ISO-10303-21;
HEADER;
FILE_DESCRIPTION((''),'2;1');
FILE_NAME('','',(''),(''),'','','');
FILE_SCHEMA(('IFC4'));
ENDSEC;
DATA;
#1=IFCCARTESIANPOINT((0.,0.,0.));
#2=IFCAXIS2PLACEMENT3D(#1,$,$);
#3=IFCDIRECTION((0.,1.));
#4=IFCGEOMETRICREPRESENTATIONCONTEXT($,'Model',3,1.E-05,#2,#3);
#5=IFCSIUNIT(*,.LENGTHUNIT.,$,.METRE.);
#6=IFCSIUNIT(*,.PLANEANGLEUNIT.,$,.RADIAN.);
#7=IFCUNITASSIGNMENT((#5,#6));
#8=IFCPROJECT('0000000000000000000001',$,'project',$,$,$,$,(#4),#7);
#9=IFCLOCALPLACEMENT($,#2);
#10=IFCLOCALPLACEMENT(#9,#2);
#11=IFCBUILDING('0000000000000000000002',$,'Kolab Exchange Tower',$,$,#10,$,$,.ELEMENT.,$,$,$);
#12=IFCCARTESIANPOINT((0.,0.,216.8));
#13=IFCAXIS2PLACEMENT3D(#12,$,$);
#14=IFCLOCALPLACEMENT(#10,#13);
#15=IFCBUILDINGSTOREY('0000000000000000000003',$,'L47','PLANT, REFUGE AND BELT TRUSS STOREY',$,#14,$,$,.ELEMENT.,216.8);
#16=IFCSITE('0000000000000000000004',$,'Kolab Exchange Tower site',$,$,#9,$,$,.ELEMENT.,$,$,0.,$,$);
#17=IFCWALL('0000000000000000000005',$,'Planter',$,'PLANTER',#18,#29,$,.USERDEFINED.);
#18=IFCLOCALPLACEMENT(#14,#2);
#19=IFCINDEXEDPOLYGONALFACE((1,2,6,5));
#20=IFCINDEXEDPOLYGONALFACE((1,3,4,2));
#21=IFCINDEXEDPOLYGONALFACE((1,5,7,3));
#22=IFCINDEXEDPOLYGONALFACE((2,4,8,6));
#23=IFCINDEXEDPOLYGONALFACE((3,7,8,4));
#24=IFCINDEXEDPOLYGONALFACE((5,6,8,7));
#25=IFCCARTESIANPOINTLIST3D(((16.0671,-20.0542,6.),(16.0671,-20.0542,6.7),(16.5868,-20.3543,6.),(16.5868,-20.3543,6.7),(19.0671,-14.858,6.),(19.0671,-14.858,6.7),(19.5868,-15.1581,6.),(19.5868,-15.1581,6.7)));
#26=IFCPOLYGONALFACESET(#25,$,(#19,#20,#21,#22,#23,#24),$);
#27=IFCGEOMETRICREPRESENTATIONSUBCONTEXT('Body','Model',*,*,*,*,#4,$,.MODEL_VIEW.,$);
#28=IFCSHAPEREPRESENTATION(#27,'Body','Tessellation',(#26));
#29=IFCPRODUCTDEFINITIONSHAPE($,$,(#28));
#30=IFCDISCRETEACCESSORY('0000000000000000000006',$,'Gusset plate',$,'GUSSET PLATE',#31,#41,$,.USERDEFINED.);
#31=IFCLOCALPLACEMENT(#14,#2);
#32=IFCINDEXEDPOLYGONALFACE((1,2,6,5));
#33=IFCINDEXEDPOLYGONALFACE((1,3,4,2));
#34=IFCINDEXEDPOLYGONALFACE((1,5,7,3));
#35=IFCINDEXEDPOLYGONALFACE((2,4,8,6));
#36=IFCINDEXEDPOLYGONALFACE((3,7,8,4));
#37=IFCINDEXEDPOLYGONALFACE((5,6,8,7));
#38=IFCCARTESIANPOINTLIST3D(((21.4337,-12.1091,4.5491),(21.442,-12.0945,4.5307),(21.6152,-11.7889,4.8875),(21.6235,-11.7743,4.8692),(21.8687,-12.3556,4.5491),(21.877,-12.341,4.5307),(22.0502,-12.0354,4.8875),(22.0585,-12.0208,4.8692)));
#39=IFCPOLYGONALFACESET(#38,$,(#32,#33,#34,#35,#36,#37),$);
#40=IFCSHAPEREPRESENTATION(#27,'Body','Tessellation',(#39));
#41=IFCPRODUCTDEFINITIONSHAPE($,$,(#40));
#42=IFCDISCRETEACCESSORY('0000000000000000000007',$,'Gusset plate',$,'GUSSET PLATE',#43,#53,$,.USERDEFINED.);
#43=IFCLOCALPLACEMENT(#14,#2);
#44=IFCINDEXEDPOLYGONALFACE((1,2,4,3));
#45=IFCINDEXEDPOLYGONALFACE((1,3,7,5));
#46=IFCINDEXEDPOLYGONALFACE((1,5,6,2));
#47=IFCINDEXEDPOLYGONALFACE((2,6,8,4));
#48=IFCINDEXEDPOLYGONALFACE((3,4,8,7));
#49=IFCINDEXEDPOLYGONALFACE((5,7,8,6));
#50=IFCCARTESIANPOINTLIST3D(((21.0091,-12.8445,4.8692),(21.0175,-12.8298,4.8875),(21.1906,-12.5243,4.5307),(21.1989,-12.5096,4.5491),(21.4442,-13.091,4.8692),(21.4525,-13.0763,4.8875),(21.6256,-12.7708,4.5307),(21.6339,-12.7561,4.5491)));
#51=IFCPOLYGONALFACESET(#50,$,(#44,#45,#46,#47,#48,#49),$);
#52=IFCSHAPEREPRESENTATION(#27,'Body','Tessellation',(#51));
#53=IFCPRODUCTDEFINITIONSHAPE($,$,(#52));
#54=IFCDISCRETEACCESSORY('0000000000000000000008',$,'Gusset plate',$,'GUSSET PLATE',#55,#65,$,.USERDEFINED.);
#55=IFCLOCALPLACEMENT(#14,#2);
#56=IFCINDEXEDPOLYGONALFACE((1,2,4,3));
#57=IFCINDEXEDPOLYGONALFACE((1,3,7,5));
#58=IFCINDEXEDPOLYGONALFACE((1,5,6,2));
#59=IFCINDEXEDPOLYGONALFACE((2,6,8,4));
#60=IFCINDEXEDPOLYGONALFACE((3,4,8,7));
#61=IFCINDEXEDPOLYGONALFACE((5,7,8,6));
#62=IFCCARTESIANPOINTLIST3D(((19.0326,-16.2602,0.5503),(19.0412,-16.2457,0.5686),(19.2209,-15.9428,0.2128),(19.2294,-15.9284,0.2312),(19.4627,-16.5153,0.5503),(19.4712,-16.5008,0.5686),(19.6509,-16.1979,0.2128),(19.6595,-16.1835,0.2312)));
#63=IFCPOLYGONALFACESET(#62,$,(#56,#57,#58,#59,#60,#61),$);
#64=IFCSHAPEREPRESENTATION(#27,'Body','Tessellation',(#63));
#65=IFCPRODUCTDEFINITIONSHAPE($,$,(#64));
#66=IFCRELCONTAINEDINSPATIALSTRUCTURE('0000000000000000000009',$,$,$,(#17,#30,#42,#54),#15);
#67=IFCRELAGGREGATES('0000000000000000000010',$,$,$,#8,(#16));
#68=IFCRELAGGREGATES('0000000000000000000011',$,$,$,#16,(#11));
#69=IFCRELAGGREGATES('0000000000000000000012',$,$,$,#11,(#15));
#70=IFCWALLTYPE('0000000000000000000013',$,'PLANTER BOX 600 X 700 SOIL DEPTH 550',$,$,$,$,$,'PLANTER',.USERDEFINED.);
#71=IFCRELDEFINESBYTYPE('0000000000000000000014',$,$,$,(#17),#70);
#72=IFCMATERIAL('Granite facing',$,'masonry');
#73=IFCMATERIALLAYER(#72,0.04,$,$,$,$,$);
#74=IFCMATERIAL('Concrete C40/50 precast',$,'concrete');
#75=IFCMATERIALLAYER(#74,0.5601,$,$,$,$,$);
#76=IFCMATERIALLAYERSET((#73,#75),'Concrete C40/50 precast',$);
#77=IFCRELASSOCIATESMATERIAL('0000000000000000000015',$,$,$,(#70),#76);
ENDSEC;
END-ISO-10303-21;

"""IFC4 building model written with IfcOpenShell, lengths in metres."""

from ifc_helpers import new_model, si_unit, direction, frame, frame_2d, origin, origin_2d, place, context, subcontext, project, spatial, rectangle, extrude, material, layer, layer_set, type_object, element, save


model = new_model("IFC4")

# Units and contexts
model_context = context("Model", 3, precision=1e-05, world=origin(), true_north=direction((0.0, 1.0)))
body_context = subcontext(model_context, "Body", "Model", "MODEL_VIEW")
ifc_project = project(units=[si_unit("LENGTHUNIT", "METRE"), si_unit("PLANEANGLEUNIT", "RADIAN")], contexts=[model_context])

# Site, building, storey
site_placement = place(None, origin())
site = spatial("IfcSite", under=ifc_project, at=site_placement, Name="Kolab Exchange Tower site", CompositionType="ELEMENT", RefElevation=0.0)
building_placement = place(site_placement, origin())
building = spatial("IfcBuilding", under=site, at=building_placement, Name="Kolab Exchange Tower", CompositionType="ELEMENT")
storey_placement = place(building_placement, frame((0.0, 0.0, 216.8)))
storey = spatial("IfcBuildingStorey", under=building, at=storey_placement, Name="L47", Description="PLANT, REFUGE AND BELT TRUSS STOREY", CompositionType="ELEMENT", Elevation=216.8)

# Wall
ifc_material_1 = material(Name="Granite facing", Category="masonry")
ifc_layer_1 = layer(ifc_material_1, 0.04)
ifc_material_2 = material(Name="Concrete C40/50 precast", Category="concrete")
ifc_layer_2 = layer(ifc_material_2, 0.5601)
ifc_layer_set_1 = layer_set([ifc_layer_1, ifc_layer_2], Name="Concrete C40/50 precast")
wall_type_1 = type_object("IfcWallType", Name="PLANTER BOX 600 X 700 SOIL DEPTH 550", ElementType="PLANTER", PredefinedType="USERDEFINED", material=ifc_layer_set_1)
wall_1_placement = place(storey_placement, frame((19.3269, -15.0081, 6.0), z_axis=(0.0, 0.0, 1.0), x_axis=(-0.49999, -0.866031, 0.0)))
element("IfcWall", 1, at=wall_1_placement, inside=storey, type_object=wall_type_1, Name="Planter", ObjectType="PLANTER", PredefinedType="USERDEFINED", context=body_context, shape_type="SweptSolid", body=[
    extrude(rectangle(XDim=6.0, YDim=0.6001, at=frame_2d((3.0, 0.0))), origin(), (0.0, 0.0, 1.0), 0.7),
])

# Discrete accessories
for number, where, z_axis, x_axis, name in (
    (2, (21.7502, -12.0576, 4.7), (-0.333702, -0.588887, 0.736108), (0.870022, -0.493013, 0.0), "Gusset plate"),
    (3, (21.3174, -12.8076, 4.7), (0.333702, 0.588887, 0.736108), (-0.870022, 0.493013, 0.0), "Gusset plate"),
    (4, (19.3503, -16.2146, 0.3999), (-0.344347, -0.580471, -0.737887), (0.860055, -0.510202, 0.0), "Gusset plate"),
):
    element("IfcDiscreteAccessory", number, at=place(storey_placement, frame(where, z_axis=z_axis, x_axis=x_axis)), inside=storey, Name=name, ObjectType="GUSSET PLATE", PredefinedType="USERDEFINED", context=body_context, shape_type="SweptSolid", body=[
        extrude(rectangle(XDim=0.5, YDim=0.5, at=origin_2d()), origin(), (0.0, 0.0, 1.0), 0.0249),
    ])

save(model, "model.ifc")
